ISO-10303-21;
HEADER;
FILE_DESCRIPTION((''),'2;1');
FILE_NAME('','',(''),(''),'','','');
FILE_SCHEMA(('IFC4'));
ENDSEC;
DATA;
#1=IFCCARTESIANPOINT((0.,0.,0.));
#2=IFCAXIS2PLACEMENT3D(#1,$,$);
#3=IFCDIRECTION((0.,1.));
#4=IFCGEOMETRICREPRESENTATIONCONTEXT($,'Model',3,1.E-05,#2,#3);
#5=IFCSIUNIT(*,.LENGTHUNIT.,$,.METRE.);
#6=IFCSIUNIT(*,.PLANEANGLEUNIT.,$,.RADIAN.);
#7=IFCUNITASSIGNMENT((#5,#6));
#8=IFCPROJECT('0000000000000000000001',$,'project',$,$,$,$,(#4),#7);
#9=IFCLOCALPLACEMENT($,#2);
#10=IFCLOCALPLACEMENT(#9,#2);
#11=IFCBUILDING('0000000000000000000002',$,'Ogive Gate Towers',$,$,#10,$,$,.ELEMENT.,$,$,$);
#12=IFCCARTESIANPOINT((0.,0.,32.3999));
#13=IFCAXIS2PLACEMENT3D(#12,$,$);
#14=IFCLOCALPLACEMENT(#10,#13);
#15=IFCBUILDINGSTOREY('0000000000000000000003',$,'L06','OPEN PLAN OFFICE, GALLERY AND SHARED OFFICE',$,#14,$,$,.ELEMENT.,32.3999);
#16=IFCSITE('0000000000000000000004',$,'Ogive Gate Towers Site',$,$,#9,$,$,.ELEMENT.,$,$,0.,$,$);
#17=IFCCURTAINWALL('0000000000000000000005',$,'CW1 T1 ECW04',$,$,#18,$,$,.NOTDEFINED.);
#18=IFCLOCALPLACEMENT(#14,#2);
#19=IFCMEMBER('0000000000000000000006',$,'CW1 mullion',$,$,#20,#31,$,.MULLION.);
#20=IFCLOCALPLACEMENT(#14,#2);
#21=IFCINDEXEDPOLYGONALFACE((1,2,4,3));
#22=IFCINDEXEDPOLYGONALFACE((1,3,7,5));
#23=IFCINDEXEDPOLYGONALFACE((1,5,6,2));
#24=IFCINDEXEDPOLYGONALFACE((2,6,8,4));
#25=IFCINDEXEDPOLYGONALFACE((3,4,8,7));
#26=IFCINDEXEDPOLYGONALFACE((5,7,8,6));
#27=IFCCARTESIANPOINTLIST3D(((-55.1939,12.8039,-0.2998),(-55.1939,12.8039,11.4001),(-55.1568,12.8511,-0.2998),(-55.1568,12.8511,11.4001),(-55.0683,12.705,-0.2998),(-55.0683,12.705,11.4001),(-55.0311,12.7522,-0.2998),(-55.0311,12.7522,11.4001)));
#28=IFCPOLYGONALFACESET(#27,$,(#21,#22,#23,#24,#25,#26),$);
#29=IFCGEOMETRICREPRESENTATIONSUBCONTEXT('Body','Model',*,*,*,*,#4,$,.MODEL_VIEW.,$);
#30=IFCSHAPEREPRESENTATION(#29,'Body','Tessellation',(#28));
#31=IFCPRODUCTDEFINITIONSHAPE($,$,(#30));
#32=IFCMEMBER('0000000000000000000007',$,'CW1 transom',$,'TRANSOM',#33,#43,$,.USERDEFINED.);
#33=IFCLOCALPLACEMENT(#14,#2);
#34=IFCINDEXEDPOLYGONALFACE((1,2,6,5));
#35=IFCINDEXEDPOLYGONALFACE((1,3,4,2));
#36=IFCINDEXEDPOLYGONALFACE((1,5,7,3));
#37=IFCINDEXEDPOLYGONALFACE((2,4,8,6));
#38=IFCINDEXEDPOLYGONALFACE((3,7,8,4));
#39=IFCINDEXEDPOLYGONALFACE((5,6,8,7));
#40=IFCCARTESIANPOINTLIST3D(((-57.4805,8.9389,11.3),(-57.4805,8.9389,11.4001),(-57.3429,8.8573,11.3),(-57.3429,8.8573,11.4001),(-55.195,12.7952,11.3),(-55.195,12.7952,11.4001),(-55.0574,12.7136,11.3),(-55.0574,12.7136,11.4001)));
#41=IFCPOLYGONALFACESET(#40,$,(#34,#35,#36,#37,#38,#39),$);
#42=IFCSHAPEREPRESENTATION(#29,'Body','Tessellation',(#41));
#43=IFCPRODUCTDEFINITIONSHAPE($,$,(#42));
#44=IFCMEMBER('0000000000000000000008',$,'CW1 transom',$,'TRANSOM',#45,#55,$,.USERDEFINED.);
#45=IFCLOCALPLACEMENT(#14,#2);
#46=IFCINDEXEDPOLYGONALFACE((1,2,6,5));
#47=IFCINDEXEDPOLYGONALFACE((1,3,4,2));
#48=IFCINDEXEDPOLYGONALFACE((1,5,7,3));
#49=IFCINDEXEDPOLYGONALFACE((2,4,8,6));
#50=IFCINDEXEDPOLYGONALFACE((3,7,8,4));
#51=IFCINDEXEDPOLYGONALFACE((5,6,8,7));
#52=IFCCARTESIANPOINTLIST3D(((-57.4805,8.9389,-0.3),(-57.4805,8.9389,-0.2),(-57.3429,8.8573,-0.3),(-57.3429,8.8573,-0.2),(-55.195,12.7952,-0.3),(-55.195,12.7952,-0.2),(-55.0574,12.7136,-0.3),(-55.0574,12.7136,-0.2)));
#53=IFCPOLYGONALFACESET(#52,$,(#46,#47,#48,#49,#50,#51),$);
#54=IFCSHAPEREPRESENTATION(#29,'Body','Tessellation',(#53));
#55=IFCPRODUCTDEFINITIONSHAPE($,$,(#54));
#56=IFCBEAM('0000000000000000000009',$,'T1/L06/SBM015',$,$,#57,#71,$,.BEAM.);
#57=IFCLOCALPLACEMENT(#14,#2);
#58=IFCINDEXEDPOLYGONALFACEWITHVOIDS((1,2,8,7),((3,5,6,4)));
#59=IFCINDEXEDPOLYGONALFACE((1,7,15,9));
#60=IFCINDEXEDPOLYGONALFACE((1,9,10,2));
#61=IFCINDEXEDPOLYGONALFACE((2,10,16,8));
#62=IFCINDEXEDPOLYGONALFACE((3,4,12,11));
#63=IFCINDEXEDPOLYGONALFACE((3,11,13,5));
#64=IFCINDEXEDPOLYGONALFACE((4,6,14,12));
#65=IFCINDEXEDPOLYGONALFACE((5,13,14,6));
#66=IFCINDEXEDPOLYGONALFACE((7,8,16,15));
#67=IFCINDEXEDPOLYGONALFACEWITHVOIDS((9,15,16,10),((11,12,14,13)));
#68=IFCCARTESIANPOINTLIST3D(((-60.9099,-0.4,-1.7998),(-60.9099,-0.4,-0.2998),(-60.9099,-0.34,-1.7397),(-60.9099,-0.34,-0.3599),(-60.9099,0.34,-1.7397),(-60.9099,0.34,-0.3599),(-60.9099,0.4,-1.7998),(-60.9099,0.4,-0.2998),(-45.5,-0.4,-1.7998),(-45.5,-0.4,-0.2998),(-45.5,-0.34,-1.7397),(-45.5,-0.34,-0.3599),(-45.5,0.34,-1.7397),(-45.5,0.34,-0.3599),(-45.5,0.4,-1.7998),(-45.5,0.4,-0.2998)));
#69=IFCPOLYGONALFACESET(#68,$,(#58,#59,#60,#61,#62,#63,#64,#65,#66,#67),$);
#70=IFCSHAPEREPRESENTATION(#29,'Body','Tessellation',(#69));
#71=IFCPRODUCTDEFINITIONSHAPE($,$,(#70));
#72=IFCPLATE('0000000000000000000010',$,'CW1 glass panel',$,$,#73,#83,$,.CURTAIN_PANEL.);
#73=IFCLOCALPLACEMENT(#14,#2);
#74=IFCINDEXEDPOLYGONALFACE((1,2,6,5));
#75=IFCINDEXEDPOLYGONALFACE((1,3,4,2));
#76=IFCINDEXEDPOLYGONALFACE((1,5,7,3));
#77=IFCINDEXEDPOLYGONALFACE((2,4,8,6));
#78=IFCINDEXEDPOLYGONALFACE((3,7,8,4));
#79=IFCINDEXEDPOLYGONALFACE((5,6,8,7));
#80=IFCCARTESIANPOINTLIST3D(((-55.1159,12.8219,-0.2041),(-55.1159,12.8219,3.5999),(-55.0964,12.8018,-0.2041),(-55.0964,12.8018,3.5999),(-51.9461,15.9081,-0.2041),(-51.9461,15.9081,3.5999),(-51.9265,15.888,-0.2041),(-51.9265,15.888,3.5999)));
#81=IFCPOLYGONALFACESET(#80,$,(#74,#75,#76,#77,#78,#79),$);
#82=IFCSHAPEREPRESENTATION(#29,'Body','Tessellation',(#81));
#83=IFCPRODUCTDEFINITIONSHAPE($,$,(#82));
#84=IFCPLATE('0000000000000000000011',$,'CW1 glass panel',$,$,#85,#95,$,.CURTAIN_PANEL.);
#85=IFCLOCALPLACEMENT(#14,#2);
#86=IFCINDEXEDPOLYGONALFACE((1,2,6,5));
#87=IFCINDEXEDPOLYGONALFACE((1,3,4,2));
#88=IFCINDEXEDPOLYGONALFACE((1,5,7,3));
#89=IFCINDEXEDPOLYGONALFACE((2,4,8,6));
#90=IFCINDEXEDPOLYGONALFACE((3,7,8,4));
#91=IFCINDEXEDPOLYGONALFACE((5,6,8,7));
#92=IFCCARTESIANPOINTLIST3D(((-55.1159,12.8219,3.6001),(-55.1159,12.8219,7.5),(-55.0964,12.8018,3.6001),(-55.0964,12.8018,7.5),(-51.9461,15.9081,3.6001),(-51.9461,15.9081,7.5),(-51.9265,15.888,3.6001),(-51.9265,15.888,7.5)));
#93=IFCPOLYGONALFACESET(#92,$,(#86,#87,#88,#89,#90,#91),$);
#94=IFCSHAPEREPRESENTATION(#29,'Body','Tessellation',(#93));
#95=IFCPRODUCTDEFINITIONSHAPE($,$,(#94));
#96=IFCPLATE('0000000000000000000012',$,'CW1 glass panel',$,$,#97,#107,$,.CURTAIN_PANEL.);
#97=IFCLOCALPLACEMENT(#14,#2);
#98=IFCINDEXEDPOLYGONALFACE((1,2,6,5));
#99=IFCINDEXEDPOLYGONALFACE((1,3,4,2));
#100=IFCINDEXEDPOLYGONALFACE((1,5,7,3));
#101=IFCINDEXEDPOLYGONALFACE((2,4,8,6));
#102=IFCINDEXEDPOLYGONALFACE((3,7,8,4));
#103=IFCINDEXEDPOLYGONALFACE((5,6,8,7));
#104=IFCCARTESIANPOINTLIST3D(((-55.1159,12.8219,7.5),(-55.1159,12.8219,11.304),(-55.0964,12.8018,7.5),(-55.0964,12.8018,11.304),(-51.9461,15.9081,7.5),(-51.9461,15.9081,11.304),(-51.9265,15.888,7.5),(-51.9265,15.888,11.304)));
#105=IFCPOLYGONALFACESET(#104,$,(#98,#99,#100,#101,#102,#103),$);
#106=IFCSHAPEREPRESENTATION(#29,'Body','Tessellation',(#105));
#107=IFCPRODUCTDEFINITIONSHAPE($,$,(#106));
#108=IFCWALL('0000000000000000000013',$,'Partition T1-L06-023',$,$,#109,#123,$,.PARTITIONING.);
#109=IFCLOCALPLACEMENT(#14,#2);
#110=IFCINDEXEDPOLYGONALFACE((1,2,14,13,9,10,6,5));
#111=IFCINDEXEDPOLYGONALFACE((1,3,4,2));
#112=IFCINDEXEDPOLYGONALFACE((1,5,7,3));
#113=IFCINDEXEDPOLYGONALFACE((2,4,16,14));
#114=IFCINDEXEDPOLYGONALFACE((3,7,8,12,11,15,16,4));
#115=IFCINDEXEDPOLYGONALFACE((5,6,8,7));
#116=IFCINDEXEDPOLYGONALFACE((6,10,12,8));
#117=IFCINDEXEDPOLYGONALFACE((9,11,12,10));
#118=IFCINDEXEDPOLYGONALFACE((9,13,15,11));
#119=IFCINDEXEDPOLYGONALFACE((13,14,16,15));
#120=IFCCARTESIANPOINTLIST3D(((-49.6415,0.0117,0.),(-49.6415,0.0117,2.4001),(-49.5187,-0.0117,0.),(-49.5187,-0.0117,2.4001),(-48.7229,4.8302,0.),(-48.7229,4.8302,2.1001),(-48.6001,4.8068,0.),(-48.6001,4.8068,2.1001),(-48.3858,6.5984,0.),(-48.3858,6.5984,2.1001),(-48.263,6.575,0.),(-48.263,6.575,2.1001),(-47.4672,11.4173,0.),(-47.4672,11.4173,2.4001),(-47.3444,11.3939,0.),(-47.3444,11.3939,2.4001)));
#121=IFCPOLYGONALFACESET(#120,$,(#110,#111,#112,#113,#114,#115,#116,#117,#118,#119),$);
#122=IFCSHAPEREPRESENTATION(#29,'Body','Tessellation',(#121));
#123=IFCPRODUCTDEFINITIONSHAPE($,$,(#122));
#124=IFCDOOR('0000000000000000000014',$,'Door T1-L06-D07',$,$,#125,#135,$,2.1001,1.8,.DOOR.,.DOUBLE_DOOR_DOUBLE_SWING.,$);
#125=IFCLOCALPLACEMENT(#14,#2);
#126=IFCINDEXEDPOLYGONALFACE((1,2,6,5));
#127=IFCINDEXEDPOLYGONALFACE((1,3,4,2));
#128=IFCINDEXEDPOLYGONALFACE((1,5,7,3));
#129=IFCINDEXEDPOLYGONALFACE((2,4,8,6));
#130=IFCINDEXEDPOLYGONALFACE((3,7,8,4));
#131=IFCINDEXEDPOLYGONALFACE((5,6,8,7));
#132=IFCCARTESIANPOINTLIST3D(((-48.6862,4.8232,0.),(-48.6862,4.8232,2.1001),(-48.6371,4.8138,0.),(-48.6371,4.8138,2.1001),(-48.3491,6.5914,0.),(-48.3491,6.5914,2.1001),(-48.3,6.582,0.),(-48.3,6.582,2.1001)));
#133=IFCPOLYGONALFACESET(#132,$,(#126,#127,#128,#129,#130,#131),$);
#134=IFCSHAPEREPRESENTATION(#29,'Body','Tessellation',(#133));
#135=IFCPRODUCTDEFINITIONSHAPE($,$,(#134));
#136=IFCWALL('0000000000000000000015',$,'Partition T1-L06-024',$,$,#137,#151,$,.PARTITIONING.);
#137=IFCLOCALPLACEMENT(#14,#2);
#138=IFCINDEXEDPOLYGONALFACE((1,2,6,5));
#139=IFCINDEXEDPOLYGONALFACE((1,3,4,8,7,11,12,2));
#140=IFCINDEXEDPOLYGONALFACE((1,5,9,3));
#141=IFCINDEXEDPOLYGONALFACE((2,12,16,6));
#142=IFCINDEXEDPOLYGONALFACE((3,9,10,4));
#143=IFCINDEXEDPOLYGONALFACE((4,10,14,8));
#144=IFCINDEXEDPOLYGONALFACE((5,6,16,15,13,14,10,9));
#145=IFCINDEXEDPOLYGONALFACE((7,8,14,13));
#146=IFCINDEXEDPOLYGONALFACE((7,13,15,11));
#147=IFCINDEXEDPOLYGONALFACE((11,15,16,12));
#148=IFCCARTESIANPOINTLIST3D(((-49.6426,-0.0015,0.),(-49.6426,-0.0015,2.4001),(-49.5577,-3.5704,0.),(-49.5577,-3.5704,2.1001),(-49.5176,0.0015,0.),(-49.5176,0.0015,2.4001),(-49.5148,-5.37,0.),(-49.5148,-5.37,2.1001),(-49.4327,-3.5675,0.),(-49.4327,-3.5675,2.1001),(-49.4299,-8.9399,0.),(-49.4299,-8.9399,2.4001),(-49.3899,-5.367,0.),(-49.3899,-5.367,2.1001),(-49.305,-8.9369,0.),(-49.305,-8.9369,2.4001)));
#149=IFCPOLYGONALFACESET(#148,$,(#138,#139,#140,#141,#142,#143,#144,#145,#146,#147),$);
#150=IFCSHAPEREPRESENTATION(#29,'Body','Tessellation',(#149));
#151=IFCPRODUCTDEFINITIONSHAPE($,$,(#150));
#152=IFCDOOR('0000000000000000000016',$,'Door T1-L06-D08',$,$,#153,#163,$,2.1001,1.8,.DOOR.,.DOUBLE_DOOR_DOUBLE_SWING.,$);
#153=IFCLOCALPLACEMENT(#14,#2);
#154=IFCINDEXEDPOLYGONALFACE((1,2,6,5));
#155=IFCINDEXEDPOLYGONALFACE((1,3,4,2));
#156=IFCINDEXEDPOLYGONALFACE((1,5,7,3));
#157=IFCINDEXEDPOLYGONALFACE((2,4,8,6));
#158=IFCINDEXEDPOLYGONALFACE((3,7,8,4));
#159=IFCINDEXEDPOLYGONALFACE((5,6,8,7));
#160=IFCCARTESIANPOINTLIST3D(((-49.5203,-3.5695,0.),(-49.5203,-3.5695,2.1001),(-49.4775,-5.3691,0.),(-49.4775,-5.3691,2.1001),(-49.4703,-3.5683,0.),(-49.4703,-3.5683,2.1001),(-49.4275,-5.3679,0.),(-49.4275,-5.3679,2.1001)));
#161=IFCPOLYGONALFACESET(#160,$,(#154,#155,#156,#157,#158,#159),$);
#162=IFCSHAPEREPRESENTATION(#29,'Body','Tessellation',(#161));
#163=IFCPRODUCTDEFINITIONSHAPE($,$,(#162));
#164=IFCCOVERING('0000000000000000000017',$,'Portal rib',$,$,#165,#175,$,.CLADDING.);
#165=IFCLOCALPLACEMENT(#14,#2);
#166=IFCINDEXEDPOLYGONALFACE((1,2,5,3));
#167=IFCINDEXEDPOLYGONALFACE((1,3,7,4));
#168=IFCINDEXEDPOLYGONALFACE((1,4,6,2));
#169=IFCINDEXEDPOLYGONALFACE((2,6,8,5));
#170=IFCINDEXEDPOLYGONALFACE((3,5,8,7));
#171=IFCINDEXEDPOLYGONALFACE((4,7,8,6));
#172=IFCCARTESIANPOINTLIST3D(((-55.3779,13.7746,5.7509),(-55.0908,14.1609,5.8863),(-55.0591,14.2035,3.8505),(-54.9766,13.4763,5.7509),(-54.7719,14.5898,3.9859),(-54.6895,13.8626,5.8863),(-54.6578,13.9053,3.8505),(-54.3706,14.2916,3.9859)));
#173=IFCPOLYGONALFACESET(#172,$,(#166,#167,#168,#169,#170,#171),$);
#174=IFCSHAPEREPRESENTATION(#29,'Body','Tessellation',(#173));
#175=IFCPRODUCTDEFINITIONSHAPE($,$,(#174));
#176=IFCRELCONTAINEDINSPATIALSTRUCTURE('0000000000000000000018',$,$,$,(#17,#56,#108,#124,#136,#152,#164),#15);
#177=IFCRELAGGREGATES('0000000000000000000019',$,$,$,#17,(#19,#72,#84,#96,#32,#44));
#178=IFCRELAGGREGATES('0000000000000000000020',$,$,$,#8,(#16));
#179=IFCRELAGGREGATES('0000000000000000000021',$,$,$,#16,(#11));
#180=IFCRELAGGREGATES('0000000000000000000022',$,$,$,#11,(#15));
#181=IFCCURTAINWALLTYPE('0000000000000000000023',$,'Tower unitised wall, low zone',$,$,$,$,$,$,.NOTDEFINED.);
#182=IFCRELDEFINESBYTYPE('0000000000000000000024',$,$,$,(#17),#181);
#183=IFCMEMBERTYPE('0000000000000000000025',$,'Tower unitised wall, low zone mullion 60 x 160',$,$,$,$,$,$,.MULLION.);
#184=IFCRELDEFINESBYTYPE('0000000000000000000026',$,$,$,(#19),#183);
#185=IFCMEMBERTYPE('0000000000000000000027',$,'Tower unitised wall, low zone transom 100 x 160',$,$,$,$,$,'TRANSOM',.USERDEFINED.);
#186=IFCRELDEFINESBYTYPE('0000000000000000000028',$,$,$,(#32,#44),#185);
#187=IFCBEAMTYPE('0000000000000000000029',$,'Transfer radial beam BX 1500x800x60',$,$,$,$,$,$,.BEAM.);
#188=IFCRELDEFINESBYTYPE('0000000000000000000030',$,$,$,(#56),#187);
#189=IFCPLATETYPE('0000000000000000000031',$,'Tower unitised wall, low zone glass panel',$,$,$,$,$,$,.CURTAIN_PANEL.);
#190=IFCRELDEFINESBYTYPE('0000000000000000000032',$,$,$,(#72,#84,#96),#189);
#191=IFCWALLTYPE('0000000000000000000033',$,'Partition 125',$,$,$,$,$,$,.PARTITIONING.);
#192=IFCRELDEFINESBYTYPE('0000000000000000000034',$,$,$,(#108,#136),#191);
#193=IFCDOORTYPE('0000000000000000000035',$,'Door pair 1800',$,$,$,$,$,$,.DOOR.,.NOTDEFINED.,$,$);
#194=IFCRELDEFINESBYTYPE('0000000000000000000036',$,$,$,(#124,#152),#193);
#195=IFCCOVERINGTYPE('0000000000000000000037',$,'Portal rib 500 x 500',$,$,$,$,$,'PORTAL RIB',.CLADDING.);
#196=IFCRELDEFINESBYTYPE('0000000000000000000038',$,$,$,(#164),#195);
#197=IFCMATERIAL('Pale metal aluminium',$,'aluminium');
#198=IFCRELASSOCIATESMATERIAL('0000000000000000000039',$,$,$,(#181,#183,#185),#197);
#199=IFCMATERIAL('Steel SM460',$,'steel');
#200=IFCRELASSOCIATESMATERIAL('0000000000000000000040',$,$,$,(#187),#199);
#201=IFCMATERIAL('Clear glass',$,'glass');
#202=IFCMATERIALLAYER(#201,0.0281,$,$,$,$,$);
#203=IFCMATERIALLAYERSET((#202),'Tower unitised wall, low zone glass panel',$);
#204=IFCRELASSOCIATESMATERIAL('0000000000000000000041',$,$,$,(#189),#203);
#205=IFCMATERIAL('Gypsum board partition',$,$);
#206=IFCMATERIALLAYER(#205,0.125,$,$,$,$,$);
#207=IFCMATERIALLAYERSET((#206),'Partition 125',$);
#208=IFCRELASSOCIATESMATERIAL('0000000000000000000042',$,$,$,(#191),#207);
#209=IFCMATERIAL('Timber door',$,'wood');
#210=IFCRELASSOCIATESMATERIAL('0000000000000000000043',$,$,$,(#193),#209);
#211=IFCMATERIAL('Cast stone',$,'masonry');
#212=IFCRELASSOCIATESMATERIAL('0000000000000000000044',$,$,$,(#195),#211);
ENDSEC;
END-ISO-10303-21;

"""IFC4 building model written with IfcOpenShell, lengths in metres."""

from ifc_helpers import new_model, si_unit, direction, frame, frame_2d, origin, origin_2d, place, context, subcontext, project, spatial, rectangle, hollow_rectangle, extrude, material, layer, layer_set, material_profile, profile_set, type_object, element, fill, aggregate, save


model = new_model("IFC4")

# Units and contexts
model_context = context("Model", 3, precision=1e-05, world=origin(), true_north=direction((0.0, 1.0)))
body_context = subcontext(model_context, "Body", "Model", "MODEL_VIEW")
ifc_project = project(units=[si_unit("LENGTHUNIT", "METRE"), si_unit("PLANEANGLEUNIT", "RADIAN")], contexts=[model_context])

# Site, building, storey
site_placement = place(None, origin())
site = spatial("IfcSite", under=ifc_project, at=site_placement, Name="Ogive Gate Towers Site", CompositionType="ELEMENT", RefElevation=0.0)
building_placement = place(site_placement, origin())
building = spatial("IfcBuilding", under=site, at=building_placement, Name="Ogive Gate Towers", CompositionType="ELEMENT")
storey_placement = place(building_placement, frame((0.0, 0.0, 32.3999)))
storey = spatial("IfcBuildingStorey", under=building, at=storey_placement, Name="L06", Description="OPEN PLAN OFFICE, GALLERY AND SHARED OFFICE", CompositionType="ELEMENT", Elevation=32.3999)

# Curtain wall, members
ifc_material_1 = material(Name="Pale metal aluminium", Category="aluminium")
curtain_wall_type = type_object("IfcCurtainWallType", Name="Tower unitised wall, low zone", PredefinedType="NOTDEFINED", material=ifc_material_1)
curtain_wall_placement = place(storey_placement, origin())
curtain_wall = element("IfcCurtainWall", 1, at=curtain_wall_placement, inside=storey, type_object=curtain_wall_type, Name="CW1 T1 ECW04", PredefinedType="NOTDEFINED")
ifc_material_profile_1 = material_profile(ifc_material_1, rectangle(XDim=0.1599, YDim=0.0601, at=origin_2d()), Name="60 x 160 aluminium box")
ifc_profile_set_1 = profile_set([ifc_material_profile_1], Name="Pale metal aluminium")
member_type_1 = type_object("IfcMemberType", Name="Tower unitised wall, low zone mullion 60 x 160", PredefinedType="MULLION", material=ifc_profile_set_1)
member_1_placement = place(storey_placement, frame((-55.1125, 12.7781, -0.2998), z_axis=(0.0, 0.0, 1.0), x_axis=(-0.78576, 0.618532, 0.0)))
member_1 = element("IfcMember", 2, at=member_1_placement, type_object=member_type_1, Name="CW1 mullion", PredefinedType="MULLION", context=body_context, shape_type="SweptSolid", body=[
    extrude(rectangle(XDim=0.1599, YDim=0.0601, at=origin_2d()), origin(), (0.0, 0.0, 1.0), 11.7),
])
ifc_material_profile_2 = material_profile(ifc_material_1, rectangle(XDim=0.1599, YDim=0.1001, at=origin_2d()), Name="100 x 160 aluminium box")
ifc_profile_set_2 = profile_set([ifc_material_profile_2], Name="Pale metal aluminium")
member_type_2 = type_object("IfcMemberType", Name="Tower unitised wall, low zone transom 100 x 160", ElementType="TRANSOM", PredefinedType="USERDEFINED", material=ifc_profile_set_2)
member_2_placement = place(storey_placement, frame((-55.1262, 12.7544, 11.3501), z_axis=(-0.509843, -0.860268, 0.0), x_axis=(0.860268, -0.509843, 0.0)))
member_2 = element("IfcMember", 3, at=member_2_placement, type_object=member_type_2, Name="CW1 transom", ObjectType="TRANSOM", PredefinedType="USERDEFINED", context=body_context, shape_type="SweptSolid", body=[
    extrude(rectangle(XDim=0.1599, YDim=0.1001, at=origin_2d()), origin(), (0.0, 0.0, 1.0), 4.4827),
])
member_3_placement = place(storey_placement, frame((-55.1262, 12.7544, -0.25), z_axis=(-0.509843, -0.860268, 0.0), x_axis=(0.860268, -0.509843, 0.0)))
member_3 = element("IfcMember", 4, at=member_3_placement, type_object=member_type_2, Name="CW1 transom", ObjectType="TRANSOM", PredefinedType="USERDEFINED", context=body_context, shape_type="SweptSolid", body=[
    extrude(rectangle(XDim=0.1599, YDim=0.1001, at=origin_2d()), origin(), (0.0, 0.0, 1.0), 4.4827),
])

# Beam
ifc_material_2 = material(Name="Steel SM460", Category="steel")
ifc_material_profile_3 = material_profile(ifc_material_2, hollow_rectangle(XDim=0.8, YDim=1.5, WallThickness=0.0601, at=origin_2d()), Name="BX 1500x800x60")
ifc_profile_set_3 = profile_set([ifc_material_profile_3], Name="Steel SM460")
beam_type = type_object("IfcBeamType", Name="Transfer radial beam BX 1500x800x60", PredefinedType="BEAM", material=ifc_profile_set_3)
beam_placement = place(storey_placement, frame((-45.5, 0.0, -1.0498), z_axis=(-1.0, 0.0, 0.0), x_axis=(0.0, -1.0, 0.0)))
element("IfcBeam", 5, at=beam_placement, inside=storey, type_object=beam_type, Name="T1/L06/SBM015", PredefinedType="BEAM", context=body_context, shape_type="SweptSolid", body=[
    extrude(hollow_rectangle(XDim=0.8, YDim=1.5, WallThickness=0.0601, at=origin_2d()), origin(), (0.0, 0.0, 1.0), 15.4099),
])

# Plates
ifc_material_3 = material(Name="Clear glass", Category="glass")
ifc_layer_1 = layer(ifc_material_3, 0.0281)
ifc_layer_set_1 = layer_set([ifc_layer_1], Name="Tower unitised wall, low zone glass panel")
plate_type = type_object("IfcPlateType", Name="Tower unitised wall, low zone glass panel", PredefinedType="CURTAIN_PANEL", material=ifc_layer_set_1)
plate_1_placement = place(storey_placement, frame((-53.5212, 14.355, -0.2041), z_axis=(0.0, 0.0, 1.0), x_axis=(-0.716497, -0.69759, 0.0)))
plate_1 = element("IfcPlate", 6, at=plate_1_placement, type_object=plate_type, Name="CW1 glass panel", PredefinedType="CURTAIN_PANEL", context=body_context, shape_type="SweptSolid", body=[
    extrude(rectangle(XDim=4.4241, YDim=0.0281, at=origin_2d()), origin(), (0.0, 0.0, 1.0), 3.804),
])
plate_2_placement = place(storey_placement, frame((-53.5212, 14.355, 3.6001), z_axis=(0.0, 0.0, 1.0), x_axis=(-0.716497, -0.69759, 0.0)))
plate_2 = element("IfcPlate", 7, at=plate_2_placement, type_object=plate_type, Name="CW1 glass panel", PredefinedType="CURTAIN_PANEL", context=body_context, shape_type="SweptSolid", body=[
    extrude(rectangle(XDim=4.4241, YDim=0.0281, at=origin_2d()), origin(), (0.0, 0.0, 1.0), 3.8999),
])
plate_3_placement = place(storey_placement, frame((-53.5212, 14.355, 7.5), z_axis=(0.0, 0.0, 1.0), x_axis=(-0.716497, -0.69759, 0.0)))
plate_3 = element("IfcPlate", 8, at=plate_3_placement, type_object=plate_type, Name="CW1 glass panel", PredefinedType="CURTAIN_PANEL", context=body_context, shape_type="SweptSolid", body=[
    extrude(rectangle(XDim=4.4241, YDim=0.0281, at=origin_2d()), origin(), (0.0, 0.0, 1.0), 3.804),
])
aggregate(curtain_wall, [member_1, plate_1, plate_2, plate_3, member_2, member_3])

# Walls, openings, doors
ifc_material_4 = material(Name="Gypsum board partition")
ifc_layer_2 = layer(ifc_material_4, 0.125)
ifc_layer_set_2 = layer_set([ifc_layer_2], Name="Partition 125")
wall_type = type_object("IfcWallType", Name="Partition 125", PredefinedType="PARTITIONING", material=ifc_layer_set_2)
wall_1_placement = place(storey_placement, frame((-47.4058, 11.4058, 0.0), z_axis=(0.0, 0.0, 1.0), x_axis=(-0.187261, -0.98231, 0.0)))
wall_1 = element("IfcWall", 9, at=wall_1_placement, inside=storey, type_object=wall_type, Name="Partition T1-L06-023", PredefinedType="PARTITIONING", context=body_context, shape_type="SweptSolid", body=[
    extrude(rectangle(XDim=11.6111, YDim=0.125, at=frame_2d((5.8057, 0.0))), origin(), (0.0, 0.0, 1.0), 2.4001),
])
opening_1_placement = place(wall_1_placement, frame((4.906, 0.0, 0.0)))
opening_1 = element("IfcOpeningElement", 10, at=opening_1_placement, cuts=wall_1, PredefinedType="OPENING", context=body_context, shape_type="SweptSolid", body=[
    extrude(rectangle(XDim=1.8, YDim=2.1001, at=frame_2d((0.8999, 1.05))), frame((0.0, 0.0725, 0.0), z_axis=(0.0, -1.0, 0.0), x_axis=(1.0, 0.0, 0.0)), (0.0, 0.0, 1.0), 0.145),
])
ifc_material_5 = material(Name="Timber door", Category="wood")
door_type = type_object("IfcDoorType", Name="Door pair 1800", OperationType="NOTDEFINED", PredefinedType="DOOR", material=ifc_material_5)
door_1_placement = place(opening_1_placement, origin())
door_1 = element("IfcDoor", 11, at=door_1_placement, inside=storey, type_object=door_type, Name="Door T1-L06-D07", OperationType="DOUBLE_DOOR_DOUBLE_SWING", OverallHeight=2.1001, OverallWidth=1.8, PredefinedType="DOOR", context=body_context, shape_type="SweptSolid", body=[
    extrude(rectangle(XDim=1.8, YDim=2.1001, at=frame_2d((0.8999, 1.05))), frame((0.0, 0.0249, 0.0), z_axis=(0.0, -1.0, 0.0), x_axis=(1.0, 0.0, 0.0)), (0.0, 0.0, 1.0), 0.05),
])
fill(opening_1, door_1)
wall_2_placement = place(storey_placement, frame((-49.5801, 0.0, 0.0), z_axis=(0.0, 0.0, 1.0), x_axis=(0.023783, -0.999717, 0.0)))
wall_2 = element("IfcWall", 12, at=wall_2_placement, inside=storey, type_object=wall_type, Name="Partition T1-L06-024", PredefinedType="PARTITIONING", context=body_context, shape_type="SweptSolid", body=[
    extrude(rectangle(XDim=8.9409, YDim=0.125, at=frame_2d((4.4705, 0.0))), origin(), (0.0, 0.0, 1.0), 2.4001),
])
opening_2_placement = place(wall_2_placement, frame((3.5701, 0.0, 0.0)))
opening_2 = element("IfcOpeningElement", 13, at=opening_2_placement, cuts=wall_2, PredefinedType="OPENING", context=body_context, shape_type="SweptSolid", body=[
    extrude(rectangle(XDim=1.8, YDim=2.1001, at=frame_2d((0.8999, 1.05))), frame((0.0, 0.0725, 0.0), z_axis=(0.0, -1.0, 0.0), x_axis=(1.0, 0.0, 0.0)), (0.0, 0.0, 1.0), 0.145),
])
door_2_placement = place(opening_2_placement, origin())
door_2 = element("IfcDoor", 14, at=door_2_placement, inside=storey, type_object=door_type, Name="Door T1-L06-D08", OperationType="DOUBLE_DOOR_DOUBLE_SWING", OverallHeight=2.1001, OverallWidth=1.8, PredefinedType="DOOR", context=body_context, shape_type="SweptSolid", body=[
    extrude(rectangle(XDim=1.8, YDim=2.1001, at=frame_2d((0.8999, 1.05))), frame((0.0, 0.0249, 0.0), z_axis=(0.0, -1.0, 0.0), x_axis=(1.0, 0.0, 0.0)), (0.0, 0.0, 1.0), 0.05),
])
fill(opening_2, door_2)

# Covering
ifc_material_6 = material(Name="Cast stone", Category="masonry")
ifc_material_profile_4 = material_profile(ifc_material_6, rectangle(XDim=0.5, YDim=0.5, at=origin_2d()), Name="500 x 500 cast stone")
ifc_profile_set_4 = profile_set([ifc_material_profile_4], Name="Cast stone")
covering_type = type_object("IfcCoveringType", Name="Portal rib 500 x 500", ElementType="PORTAL RIB", PredefinedType="CLADDING", material=ifc_profile_set_4)
covering_placement = place(storey_placement, frame((-54.7148, 14.2476, 3.9182), z_axis=(-0.161514, -0.217289, 0.962652), x_axis=(0.802569, -0.596559, 0.0)))
element("IfcCovering", 15, at=covering_placement, inside=storey, type_object=covering_type, Name="Portal rib", PredefinedType="CLADDING", context=body_context, shape_type="SweptSolid", body=[
    extrude(rectangle(XDim=0.5, YDim=0.5, at=origin_2d()), origin(), (0.0, 0.0, 1.0), 1.9741),
])

save(model, "model.ifc")
